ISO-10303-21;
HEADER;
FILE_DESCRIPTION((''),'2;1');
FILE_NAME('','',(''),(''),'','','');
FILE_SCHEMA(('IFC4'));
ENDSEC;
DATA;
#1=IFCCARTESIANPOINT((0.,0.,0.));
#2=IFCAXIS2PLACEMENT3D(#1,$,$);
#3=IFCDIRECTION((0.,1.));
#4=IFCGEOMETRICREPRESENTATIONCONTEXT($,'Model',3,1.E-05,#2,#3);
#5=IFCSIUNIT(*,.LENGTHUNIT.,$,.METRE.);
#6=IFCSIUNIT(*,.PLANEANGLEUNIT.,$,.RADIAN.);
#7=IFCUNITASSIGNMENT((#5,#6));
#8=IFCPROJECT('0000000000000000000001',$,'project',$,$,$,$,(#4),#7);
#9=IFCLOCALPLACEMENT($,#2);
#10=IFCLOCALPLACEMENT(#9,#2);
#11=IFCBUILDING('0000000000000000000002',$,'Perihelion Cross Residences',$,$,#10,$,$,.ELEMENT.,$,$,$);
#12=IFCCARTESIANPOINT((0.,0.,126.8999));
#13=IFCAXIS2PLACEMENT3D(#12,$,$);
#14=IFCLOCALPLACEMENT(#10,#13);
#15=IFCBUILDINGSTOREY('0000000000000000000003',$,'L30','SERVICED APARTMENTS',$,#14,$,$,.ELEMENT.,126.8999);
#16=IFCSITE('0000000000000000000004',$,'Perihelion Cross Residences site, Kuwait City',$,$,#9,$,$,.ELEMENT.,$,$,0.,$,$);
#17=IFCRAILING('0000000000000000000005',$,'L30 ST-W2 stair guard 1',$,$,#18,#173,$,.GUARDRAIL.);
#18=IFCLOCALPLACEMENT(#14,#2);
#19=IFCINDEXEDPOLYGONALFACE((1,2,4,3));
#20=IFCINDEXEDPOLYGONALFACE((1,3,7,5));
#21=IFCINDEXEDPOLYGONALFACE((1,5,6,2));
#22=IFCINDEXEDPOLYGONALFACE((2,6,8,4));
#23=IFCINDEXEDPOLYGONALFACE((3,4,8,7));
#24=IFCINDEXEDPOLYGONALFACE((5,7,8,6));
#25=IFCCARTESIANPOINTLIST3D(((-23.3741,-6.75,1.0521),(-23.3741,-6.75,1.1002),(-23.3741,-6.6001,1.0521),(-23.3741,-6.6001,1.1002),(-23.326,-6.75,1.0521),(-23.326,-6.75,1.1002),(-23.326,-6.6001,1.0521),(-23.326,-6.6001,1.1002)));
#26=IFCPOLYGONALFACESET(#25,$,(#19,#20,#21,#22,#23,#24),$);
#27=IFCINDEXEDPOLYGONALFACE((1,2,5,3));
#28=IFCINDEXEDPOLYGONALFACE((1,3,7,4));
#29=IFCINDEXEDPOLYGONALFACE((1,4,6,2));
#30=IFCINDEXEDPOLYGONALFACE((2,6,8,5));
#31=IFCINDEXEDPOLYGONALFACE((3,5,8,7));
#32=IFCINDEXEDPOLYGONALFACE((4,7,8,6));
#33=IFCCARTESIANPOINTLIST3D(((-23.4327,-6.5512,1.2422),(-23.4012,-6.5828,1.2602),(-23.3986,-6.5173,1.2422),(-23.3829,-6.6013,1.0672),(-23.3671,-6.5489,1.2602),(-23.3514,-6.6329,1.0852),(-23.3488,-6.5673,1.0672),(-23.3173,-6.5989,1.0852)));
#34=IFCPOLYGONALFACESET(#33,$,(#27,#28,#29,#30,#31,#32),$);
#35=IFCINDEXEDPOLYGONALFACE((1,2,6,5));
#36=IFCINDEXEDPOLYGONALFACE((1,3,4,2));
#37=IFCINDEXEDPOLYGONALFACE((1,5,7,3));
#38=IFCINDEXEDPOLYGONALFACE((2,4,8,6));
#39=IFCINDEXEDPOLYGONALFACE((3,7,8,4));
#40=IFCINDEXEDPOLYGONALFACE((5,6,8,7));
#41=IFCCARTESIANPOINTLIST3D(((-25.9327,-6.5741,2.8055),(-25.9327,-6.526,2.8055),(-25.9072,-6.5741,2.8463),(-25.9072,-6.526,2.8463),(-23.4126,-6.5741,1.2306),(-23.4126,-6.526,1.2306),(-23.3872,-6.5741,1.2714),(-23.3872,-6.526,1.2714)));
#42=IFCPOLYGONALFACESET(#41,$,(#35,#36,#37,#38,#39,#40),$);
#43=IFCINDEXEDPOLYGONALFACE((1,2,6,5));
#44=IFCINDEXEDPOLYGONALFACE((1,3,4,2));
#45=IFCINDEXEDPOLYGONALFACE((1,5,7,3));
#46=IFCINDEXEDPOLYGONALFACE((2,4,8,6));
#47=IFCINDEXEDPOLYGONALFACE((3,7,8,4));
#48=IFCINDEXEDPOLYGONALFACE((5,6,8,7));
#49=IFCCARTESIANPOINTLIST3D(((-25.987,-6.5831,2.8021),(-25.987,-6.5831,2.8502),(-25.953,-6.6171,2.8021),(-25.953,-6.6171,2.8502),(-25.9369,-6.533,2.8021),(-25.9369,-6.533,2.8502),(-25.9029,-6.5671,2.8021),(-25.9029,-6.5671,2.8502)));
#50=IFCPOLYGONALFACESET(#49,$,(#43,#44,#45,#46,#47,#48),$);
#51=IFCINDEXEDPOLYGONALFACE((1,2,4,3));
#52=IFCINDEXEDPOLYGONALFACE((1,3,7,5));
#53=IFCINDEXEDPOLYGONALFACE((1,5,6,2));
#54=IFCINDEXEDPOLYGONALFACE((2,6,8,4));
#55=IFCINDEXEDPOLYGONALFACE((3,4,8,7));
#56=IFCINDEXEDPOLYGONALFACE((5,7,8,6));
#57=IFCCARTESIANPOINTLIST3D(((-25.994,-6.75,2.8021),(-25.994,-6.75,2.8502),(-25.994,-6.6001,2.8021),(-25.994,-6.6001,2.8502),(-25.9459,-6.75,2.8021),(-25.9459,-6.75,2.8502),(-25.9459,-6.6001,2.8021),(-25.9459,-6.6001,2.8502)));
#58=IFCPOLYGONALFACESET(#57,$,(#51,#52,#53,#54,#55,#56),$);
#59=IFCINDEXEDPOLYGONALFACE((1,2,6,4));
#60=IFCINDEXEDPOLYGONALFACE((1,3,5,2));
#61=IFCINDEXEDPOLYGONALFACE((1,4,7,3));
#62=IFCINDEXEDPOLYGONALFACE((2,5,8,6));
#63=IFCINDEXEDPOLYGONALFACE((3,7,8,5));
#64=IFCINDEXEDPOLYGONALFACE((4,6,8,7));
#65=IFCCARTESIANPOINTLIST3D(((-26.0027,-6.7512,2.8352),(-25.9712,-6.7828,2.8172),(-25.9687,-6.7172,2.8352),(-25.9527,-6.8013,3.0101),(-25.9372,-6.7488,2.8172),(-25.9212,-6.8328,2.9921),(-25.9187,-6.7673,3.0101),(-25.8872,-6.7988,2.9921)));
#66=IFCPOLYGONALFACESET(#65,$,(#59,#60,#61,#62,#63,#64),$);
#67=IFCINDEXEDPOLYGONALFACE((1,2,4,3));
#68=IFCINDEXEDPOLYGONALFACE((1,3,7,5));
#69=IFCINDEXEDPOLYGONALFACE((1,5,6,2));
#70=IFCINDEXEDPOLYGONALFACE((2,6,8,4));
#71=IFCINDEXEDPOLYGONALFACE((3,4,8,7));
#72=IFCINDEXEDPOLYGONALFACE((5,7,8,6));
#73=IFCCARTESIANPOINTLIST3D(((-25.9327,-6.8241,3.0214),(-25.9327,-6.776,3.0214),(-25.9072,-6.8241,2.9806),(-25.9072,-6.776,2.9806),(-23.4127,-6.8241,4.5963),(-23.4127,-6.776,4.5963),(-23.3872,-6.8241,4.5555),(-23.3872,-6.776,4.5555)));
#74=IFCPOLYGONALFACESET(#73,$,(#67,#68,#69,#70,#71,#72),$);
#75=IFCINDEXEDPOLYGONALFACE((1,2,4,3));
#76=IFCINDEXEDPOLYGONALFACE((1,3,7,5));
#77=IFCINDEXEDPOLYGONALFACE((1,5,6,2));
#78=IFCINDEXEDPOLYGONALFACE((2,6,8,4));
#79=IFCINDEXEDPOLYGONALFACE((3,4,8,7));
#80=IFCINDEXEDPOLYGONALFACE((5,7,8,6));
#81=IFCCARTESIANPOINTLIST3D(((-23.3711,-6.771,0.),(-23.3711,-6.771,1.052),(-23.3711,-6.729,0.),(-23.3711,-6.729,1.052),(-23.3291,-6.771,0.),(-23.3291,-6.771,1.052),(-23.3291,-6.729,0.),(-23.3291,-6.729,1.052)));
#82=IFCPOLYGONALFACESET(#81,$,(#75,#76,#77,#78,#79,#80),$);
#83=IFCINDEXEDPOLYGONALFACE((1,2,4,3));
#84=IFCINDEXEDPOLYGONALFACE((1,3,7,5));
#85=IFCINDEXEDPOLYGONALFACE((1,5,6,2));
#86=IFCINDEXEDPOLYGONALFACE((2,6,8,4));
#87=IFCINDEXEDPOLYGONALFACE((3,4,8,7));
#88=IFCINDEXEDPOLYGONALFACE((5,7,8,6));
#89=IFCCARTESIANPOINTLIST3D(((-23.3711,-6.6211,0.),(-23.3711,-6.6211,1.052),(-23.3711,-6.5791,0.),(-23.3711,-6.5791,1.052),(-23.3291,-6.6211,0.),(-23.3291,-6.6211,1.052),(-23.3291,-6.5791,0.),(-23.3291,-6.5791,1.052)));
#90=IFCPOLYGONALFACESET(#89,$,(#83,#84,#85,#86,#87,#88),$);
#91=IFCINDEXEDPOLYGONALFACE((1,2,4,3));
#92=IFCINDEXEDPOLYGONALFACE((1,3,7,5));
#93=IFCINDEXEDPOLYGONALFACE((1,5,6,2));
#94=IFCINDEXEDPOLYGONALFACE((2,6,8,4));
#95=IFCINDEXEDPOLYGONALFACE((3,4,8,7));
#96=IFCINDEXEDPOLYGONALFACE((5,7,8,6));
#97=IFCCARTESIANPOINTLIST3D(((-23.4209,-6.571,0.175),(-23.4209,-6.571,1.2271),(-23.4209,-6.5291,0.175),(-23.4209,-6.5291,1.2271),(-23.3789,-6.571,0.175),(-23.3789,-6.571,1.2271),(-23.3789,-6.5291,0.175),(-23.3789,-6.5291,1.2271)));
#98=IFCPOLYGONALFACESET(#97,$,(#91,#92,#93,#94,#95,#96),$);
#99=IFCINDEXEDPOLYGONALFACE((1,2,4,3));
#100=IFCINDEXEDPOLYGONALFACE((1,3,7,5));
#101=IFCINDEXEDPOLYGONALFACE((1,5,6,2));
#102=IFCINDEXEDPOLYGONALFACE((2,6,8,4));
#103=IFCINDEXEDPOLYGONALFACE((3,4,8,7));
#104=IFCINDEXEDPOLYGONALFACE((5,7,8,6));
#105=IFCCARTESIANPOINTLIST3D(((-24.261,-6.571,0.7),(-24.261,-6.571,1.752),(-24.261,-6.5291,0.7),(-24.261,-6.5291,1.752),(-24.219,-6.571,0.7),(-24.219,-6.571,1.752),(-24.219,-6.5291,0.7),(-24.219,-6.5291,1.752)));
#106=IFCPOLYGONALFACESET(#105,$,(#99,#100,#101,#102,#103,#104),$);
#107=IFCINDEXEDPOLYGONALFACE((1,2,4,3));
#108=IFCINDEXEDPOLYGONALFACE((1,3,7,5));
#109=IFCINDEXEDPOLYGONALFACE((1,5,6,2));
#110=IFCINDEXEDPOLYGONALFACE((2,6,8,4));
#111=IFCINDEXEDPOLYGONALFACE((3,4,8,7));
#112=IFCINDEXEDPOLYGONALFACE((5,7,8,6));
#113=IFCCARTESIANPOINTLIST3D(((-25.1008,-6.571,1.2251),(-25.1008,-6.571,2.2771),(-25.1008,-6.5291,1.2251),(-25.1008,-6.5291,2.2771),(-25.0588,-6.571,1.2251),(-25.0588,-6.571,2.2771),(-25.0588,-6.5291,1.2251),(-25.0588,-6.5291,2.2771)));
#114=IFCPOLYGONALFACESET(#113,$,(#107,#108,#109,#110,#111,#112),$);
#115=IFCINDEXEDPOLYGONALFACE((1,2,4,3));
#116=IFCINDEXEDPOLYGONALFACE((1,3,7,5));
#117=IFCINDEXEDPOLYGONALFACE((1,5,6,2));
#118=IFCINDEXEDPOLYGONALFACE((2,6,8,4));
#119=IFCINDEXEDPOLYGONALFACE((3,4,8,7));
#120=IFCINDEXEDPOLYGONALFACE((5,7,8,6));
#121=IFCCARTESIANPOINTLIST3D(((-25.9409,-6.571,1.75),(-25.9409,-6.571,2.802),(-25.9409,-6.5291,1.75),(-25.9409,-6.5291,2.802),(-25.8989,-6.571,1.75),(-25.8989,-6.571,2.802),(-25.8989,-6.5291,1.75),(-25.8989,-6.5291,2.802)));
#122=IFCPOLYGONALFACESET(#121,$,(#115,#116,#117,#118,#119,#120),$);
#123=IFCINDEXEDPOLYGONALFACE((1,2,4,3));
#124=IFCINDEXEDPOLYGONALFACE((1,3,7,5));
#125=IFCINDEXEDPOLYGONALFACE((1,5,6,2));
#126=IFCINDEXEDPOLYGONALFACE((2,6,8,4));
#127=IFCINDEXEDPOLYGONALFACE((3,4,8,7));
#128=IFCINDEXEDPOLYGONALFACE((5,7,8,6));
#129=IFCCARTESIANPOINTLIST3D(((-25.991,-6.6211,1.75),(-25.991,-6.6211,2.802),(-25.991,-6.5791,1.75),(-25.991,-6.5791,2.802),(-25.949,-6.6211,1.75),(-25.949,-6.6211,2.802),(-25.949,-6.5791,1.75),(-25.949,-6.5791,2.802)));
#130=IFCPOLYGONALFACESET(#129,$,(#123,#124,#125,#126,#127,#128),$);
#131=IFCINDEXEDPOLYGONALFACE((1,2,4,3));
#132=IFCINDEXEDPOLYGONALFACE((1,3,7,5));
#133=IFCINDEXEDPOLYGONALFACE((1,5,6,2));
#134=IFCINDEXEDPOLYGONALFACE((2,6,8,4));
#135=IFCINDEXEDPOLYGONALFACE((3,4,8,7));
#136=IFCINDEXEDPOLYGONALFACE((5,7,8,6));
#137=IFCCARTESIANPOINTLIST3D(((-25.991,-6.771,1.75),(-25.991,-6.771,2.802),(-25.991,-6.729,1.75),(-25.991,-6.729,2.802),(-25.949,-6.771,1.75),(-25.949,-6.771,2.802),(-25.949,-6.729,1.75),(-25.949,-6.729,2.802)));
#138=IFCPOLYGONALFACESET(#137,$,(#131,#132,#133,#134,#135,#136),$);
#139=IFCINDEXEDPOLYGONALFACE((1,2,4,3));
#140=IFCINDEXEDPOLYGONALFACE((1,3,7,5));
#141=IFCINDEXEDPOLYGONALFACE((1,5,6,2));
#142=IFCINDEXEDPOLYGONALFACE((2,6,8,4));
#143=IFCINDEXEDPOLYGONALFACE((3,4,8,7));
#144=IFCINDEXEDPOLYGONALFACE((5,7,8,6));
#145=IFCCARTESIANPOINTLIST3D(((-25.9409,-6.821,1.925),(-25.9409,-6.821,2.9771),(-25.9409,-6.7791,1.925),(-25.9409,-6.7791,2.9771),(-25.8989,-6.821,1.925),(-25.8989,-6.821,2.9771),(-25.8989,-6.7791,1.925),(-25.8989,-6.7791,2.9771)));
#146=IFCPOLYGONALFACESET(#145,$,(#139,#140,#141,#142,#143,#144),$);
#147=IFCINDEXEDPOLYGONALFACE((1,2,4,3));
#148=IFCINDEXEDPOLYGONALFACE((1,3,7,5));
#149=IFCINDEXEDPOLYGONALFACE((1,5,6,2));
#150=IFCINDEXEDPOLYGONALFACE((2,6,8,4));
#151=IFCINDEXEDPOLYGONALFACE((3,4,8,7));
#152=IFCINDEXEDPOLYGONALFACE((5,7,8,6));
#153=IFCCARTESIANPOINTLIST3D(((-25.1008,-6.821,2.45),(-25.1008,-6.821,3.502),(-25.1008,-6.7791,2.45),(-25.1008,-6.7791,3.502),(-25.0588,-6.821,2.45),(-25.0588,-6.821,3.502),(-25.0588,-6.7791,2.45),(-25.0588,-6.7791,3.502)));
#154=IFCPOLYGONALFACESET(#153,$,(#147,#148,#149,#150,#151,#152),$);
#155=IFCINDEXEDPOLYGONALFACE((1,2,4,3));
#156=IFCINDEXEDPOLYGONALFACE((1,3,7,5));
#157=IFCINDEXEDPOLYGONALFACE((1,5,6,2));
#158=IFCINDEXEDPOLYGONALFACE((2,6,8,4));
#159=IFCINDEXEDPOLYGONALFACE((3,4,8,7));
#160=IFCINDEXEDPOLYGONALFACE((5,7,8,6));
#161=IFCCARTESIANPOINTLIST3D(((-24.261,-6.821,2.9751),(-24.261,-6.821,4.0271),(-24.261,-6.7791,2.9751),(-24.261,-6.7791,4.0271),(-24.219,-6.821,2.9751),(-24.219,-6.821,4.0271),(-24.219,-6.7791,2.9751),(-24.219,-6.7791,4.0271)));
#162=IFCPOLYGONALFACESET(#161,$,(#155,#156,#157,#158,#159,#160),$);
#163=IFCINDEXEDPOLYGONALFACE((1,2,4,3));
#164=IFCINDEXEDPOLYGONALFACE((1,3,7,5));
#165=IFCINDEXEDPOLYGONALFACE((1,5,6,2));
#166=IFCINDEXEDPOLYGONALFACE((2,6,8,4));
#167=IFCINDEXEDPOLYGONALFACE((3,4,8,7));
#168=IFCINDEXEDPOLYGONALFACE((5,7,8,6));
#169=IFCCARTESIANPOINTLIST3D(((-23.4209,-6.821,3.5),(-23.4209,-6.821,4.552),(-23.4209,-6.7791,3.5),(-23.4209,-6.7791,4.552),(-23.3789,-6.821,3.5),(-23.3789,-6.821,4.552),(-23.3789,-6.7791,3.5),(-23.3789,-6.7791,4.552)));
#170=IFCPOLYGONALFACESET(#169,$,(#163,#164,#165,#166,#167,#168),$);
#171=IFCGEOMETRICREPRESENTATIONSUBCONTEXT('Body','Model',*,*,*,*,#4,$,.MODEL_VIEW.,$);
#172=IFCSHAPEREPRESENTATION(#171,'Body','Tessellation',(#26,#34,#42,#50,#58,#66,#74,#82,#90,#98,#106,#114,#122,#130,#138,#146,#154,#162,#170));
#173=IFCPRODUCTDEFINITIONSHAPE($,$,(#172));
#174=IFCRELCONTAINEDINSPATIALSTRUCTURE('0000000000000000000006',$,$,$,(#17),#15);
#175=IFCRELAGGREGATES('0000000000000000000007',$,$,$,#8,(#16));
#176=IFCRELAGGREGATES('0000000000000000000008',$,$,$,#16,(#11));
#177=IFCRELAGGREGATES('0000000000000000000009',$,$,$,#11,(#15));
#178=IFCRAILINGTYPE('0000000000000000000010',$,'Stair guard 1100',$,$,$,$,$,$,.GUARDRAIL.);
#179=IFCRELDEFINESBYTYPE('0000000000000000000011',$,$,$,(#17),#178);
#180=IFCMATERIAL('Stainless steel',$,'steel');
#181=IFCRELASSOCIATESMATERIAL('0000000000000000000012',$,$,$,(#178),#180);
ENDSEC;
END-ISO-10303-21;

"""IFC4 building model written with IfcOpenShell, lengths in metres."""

from ifc_helpers import new_model, si_unit, direction, frame, origin, origin_2d, place, context, subcontext, project, spatial, rectangle, extrude, material, type_object, element, save


model = new_model("IFC4")

# Units and contexts
model_context = context("Model", 3, precision=1e-05, world=origin(), true_north=direction((0.0, 1.0)))
body_context = subcontext(model_context, "Body", "Model", "MODEL_VIEW")
ifc_project = project(units=[si_unit("LENGTHUNIT", "METRE"), si_unit("PLANEANGLEUNIT", "RADIAN")], contexts=[model_context])

# Site, building, storey
site_placement = place(None, origin())
site = spatial("IfcSite", under=ifc_project, at=site_placement, Name="Perihelion Cross Residences site, Kuwait City", CompositionType="ELEMENT", RefElevation=0.0)
building_placement = place(site_placement, origin())
building = spatial("IfcBuilding", under=site, at=building_placement, Name="Perihelion Cross Residences", CompositionType="ELEMENT")
storey_placement = place(building_placement, frame((0.0, 0.0, 126.8999)))
storey = spatial("IfcBuildingStorey", under=building, at=storey_placement, Name="L30", Description="SERVICED APARTMENTS", CompositionType="ELEMENT", Elevation=126.8999)

# Railing
ifc_material_1 = material(Name="Stainless steel", Category="steel")
railing_type_1 = type_object("IfcRailingType", Name="Stair guard 1100", PredefinedType="GUARDRAIL", material=ifc_material_1)
railing_1_placement = place(storey_placement, frame((-23.3501, -6.75, 0.0)))
element("IfcRailing", 1, at=railing_1_placement, inside=storey, type_object=railing_type_1, Name="L30 ST-W2 stair guard 1", PredefinedType="GUARDRAIL", context=body_context, shape_type="SweptSolid", body=[
    extrude(rectangle(XDim=0.0481, YDim=0.0481, at=origin_2d()), frame((0.0, 0.0, 1.0762), z_axis=(0.0, 1.0, 0.0), x_axis=(-1.0, 0.0, 0.0)), (0.0, 0.0, 1.0), 0.1499),
    extrude(rectangle(XDim=0.0481, YDim=0.0481, at=origin_2d()), frame((0.0, 0.1499, 1.0762), z_axis=(-0.263862, 0.265156, 0.927399), x_axis=(-0.708834, -0.705376, 0.0)), (0.0, 0.0, 1.0), 0.1887),
    extrude(rectangle(XDim=0.0481, YDim=0.0481, at=origin_2d()), frame((-0.0498, 0.2, 1.251), z_axis=(-0.848008, 0.0, 0.529984), x_axis=(0.0, -1.0, 0.0)), (0.0, 0.0, 1.0), 2.9717),
    extrude(rectangle(XDim=0.0481, YDim=0.0481, at=origin_2d()), frame((-2.5698, 0.2, 2.8262), z_axis=(-0.707107, -0.707107, 0.0), x_axis=(0.707107, -0.707107, 0.0)), (0.0, 0.0, 1.0), 0.0708),
    extrude(rectangle(XDim=0.0481, YDim=0.0481, at=origin_2d()), frame((-2.6199, 0.1499, 2.8262), z_axis=(0.0, -1.0, 0.0), x_axis=(1.0, 0.0, 0.0)), (0.0, 0.0, 1.0), 0.1499),
    extrude(rectangle(XDim=0.0481, YDim=0.0481, at=origin_2d()), frame((-2.6199, 0.0, 2.8262), z_axis=(0.265065, -0.265065, 0.927082), x_axis=(0.707107, 0.707107, 0.0)), (0.0, 0.0, 1.0), 0.1887),
    extrude(rectangle(XDim=0.0481, YDim=0.0481, at=origin_2d()), frame((-2.5698, -0.05, 3.001), z_axis=(0.848008, 0.0, 0.529984), x_axis=(0.0, 1.0, 0.0)), (0.0, 0.0, 1.0), 2.9717),
    extrude(rectangle(XDim=0.042, YDim=0.042, at=origin_2d()), origin(), (0.0, 0.0, 1.0), 1.052),
    extrude(rectangle(XDim=0.042, YDim=0.042, at=origin_2d()), frame((0.0, 0.1499, 0.0)), (0.0, 0.0, 1.0), 1.052),
    extrude(rectangle(XDim=0.042, YDim=0.042, at=origin_2d()), frame((-0.0498, 0.2, 0.175)), (0.0, 0.0, 1.0), 1.052),
    extrude(rectangle(XDim=0.042, YDim=0.042, at=origin_2d()), frame((-0.8899, 0.2, 0.7)), (0.0, 0.0, 1.0), 1.052),
    extrude(rectangle(XDim=0.042, YDim=0.042, at=origin_2d()), frame((-1.7297, 0.2, 1.2251)), (0.0, 0.0, 1.0), 1.052),
    extrude(rectangle(XDim=0.042, YDim=0.042, at=origin_2d()), frame((-2.5698, 0.2, 1.75)), (0.0, 0.0, 1.0), 1.052),
    extrude(rectangle(XDim=0.042, YDim=0.042, at=origin_2d()), frame((-2.6199, 0.1499, 1.75)), (0.0, 0.0, 1.0), 1.052),
    extrude(rectangle(XDim=0.042, YDim=0.042, at=origin_2d()), frame((-2.6199, 0.0, 1.75)), (0.0, 0.0, 1.0), 1.052),
    extrude(rectangle(XDim=0.042, YDim=0.042, at=origin_2d()), frame((-2.5698, -0.05, 1.925)), (0.0, 0.0, 1.0), 1.052),
    extrude(rectangle(XDim=0.042, YDim=0.042, at=origin_2d()), frame((-1.7297, -0.05, 2.45)), (0.0, 0.0, 1.0), 1.052),
    extrude(rectangle(XDim=0.042, YDim=0.042, at=origin_2d()), frame((-0.8899, -0.05, 2.9751)), (0.0, 0.0, 1.0), 1.052),
    extrude(rectangle(XDim=0.042, YDim=0.042, at=origin_2d()), frame((-0.0498, -0.05, 3.5)), (0.0, 0.0, 1.0), 1.052),
])

save(model, "model.ifc")
